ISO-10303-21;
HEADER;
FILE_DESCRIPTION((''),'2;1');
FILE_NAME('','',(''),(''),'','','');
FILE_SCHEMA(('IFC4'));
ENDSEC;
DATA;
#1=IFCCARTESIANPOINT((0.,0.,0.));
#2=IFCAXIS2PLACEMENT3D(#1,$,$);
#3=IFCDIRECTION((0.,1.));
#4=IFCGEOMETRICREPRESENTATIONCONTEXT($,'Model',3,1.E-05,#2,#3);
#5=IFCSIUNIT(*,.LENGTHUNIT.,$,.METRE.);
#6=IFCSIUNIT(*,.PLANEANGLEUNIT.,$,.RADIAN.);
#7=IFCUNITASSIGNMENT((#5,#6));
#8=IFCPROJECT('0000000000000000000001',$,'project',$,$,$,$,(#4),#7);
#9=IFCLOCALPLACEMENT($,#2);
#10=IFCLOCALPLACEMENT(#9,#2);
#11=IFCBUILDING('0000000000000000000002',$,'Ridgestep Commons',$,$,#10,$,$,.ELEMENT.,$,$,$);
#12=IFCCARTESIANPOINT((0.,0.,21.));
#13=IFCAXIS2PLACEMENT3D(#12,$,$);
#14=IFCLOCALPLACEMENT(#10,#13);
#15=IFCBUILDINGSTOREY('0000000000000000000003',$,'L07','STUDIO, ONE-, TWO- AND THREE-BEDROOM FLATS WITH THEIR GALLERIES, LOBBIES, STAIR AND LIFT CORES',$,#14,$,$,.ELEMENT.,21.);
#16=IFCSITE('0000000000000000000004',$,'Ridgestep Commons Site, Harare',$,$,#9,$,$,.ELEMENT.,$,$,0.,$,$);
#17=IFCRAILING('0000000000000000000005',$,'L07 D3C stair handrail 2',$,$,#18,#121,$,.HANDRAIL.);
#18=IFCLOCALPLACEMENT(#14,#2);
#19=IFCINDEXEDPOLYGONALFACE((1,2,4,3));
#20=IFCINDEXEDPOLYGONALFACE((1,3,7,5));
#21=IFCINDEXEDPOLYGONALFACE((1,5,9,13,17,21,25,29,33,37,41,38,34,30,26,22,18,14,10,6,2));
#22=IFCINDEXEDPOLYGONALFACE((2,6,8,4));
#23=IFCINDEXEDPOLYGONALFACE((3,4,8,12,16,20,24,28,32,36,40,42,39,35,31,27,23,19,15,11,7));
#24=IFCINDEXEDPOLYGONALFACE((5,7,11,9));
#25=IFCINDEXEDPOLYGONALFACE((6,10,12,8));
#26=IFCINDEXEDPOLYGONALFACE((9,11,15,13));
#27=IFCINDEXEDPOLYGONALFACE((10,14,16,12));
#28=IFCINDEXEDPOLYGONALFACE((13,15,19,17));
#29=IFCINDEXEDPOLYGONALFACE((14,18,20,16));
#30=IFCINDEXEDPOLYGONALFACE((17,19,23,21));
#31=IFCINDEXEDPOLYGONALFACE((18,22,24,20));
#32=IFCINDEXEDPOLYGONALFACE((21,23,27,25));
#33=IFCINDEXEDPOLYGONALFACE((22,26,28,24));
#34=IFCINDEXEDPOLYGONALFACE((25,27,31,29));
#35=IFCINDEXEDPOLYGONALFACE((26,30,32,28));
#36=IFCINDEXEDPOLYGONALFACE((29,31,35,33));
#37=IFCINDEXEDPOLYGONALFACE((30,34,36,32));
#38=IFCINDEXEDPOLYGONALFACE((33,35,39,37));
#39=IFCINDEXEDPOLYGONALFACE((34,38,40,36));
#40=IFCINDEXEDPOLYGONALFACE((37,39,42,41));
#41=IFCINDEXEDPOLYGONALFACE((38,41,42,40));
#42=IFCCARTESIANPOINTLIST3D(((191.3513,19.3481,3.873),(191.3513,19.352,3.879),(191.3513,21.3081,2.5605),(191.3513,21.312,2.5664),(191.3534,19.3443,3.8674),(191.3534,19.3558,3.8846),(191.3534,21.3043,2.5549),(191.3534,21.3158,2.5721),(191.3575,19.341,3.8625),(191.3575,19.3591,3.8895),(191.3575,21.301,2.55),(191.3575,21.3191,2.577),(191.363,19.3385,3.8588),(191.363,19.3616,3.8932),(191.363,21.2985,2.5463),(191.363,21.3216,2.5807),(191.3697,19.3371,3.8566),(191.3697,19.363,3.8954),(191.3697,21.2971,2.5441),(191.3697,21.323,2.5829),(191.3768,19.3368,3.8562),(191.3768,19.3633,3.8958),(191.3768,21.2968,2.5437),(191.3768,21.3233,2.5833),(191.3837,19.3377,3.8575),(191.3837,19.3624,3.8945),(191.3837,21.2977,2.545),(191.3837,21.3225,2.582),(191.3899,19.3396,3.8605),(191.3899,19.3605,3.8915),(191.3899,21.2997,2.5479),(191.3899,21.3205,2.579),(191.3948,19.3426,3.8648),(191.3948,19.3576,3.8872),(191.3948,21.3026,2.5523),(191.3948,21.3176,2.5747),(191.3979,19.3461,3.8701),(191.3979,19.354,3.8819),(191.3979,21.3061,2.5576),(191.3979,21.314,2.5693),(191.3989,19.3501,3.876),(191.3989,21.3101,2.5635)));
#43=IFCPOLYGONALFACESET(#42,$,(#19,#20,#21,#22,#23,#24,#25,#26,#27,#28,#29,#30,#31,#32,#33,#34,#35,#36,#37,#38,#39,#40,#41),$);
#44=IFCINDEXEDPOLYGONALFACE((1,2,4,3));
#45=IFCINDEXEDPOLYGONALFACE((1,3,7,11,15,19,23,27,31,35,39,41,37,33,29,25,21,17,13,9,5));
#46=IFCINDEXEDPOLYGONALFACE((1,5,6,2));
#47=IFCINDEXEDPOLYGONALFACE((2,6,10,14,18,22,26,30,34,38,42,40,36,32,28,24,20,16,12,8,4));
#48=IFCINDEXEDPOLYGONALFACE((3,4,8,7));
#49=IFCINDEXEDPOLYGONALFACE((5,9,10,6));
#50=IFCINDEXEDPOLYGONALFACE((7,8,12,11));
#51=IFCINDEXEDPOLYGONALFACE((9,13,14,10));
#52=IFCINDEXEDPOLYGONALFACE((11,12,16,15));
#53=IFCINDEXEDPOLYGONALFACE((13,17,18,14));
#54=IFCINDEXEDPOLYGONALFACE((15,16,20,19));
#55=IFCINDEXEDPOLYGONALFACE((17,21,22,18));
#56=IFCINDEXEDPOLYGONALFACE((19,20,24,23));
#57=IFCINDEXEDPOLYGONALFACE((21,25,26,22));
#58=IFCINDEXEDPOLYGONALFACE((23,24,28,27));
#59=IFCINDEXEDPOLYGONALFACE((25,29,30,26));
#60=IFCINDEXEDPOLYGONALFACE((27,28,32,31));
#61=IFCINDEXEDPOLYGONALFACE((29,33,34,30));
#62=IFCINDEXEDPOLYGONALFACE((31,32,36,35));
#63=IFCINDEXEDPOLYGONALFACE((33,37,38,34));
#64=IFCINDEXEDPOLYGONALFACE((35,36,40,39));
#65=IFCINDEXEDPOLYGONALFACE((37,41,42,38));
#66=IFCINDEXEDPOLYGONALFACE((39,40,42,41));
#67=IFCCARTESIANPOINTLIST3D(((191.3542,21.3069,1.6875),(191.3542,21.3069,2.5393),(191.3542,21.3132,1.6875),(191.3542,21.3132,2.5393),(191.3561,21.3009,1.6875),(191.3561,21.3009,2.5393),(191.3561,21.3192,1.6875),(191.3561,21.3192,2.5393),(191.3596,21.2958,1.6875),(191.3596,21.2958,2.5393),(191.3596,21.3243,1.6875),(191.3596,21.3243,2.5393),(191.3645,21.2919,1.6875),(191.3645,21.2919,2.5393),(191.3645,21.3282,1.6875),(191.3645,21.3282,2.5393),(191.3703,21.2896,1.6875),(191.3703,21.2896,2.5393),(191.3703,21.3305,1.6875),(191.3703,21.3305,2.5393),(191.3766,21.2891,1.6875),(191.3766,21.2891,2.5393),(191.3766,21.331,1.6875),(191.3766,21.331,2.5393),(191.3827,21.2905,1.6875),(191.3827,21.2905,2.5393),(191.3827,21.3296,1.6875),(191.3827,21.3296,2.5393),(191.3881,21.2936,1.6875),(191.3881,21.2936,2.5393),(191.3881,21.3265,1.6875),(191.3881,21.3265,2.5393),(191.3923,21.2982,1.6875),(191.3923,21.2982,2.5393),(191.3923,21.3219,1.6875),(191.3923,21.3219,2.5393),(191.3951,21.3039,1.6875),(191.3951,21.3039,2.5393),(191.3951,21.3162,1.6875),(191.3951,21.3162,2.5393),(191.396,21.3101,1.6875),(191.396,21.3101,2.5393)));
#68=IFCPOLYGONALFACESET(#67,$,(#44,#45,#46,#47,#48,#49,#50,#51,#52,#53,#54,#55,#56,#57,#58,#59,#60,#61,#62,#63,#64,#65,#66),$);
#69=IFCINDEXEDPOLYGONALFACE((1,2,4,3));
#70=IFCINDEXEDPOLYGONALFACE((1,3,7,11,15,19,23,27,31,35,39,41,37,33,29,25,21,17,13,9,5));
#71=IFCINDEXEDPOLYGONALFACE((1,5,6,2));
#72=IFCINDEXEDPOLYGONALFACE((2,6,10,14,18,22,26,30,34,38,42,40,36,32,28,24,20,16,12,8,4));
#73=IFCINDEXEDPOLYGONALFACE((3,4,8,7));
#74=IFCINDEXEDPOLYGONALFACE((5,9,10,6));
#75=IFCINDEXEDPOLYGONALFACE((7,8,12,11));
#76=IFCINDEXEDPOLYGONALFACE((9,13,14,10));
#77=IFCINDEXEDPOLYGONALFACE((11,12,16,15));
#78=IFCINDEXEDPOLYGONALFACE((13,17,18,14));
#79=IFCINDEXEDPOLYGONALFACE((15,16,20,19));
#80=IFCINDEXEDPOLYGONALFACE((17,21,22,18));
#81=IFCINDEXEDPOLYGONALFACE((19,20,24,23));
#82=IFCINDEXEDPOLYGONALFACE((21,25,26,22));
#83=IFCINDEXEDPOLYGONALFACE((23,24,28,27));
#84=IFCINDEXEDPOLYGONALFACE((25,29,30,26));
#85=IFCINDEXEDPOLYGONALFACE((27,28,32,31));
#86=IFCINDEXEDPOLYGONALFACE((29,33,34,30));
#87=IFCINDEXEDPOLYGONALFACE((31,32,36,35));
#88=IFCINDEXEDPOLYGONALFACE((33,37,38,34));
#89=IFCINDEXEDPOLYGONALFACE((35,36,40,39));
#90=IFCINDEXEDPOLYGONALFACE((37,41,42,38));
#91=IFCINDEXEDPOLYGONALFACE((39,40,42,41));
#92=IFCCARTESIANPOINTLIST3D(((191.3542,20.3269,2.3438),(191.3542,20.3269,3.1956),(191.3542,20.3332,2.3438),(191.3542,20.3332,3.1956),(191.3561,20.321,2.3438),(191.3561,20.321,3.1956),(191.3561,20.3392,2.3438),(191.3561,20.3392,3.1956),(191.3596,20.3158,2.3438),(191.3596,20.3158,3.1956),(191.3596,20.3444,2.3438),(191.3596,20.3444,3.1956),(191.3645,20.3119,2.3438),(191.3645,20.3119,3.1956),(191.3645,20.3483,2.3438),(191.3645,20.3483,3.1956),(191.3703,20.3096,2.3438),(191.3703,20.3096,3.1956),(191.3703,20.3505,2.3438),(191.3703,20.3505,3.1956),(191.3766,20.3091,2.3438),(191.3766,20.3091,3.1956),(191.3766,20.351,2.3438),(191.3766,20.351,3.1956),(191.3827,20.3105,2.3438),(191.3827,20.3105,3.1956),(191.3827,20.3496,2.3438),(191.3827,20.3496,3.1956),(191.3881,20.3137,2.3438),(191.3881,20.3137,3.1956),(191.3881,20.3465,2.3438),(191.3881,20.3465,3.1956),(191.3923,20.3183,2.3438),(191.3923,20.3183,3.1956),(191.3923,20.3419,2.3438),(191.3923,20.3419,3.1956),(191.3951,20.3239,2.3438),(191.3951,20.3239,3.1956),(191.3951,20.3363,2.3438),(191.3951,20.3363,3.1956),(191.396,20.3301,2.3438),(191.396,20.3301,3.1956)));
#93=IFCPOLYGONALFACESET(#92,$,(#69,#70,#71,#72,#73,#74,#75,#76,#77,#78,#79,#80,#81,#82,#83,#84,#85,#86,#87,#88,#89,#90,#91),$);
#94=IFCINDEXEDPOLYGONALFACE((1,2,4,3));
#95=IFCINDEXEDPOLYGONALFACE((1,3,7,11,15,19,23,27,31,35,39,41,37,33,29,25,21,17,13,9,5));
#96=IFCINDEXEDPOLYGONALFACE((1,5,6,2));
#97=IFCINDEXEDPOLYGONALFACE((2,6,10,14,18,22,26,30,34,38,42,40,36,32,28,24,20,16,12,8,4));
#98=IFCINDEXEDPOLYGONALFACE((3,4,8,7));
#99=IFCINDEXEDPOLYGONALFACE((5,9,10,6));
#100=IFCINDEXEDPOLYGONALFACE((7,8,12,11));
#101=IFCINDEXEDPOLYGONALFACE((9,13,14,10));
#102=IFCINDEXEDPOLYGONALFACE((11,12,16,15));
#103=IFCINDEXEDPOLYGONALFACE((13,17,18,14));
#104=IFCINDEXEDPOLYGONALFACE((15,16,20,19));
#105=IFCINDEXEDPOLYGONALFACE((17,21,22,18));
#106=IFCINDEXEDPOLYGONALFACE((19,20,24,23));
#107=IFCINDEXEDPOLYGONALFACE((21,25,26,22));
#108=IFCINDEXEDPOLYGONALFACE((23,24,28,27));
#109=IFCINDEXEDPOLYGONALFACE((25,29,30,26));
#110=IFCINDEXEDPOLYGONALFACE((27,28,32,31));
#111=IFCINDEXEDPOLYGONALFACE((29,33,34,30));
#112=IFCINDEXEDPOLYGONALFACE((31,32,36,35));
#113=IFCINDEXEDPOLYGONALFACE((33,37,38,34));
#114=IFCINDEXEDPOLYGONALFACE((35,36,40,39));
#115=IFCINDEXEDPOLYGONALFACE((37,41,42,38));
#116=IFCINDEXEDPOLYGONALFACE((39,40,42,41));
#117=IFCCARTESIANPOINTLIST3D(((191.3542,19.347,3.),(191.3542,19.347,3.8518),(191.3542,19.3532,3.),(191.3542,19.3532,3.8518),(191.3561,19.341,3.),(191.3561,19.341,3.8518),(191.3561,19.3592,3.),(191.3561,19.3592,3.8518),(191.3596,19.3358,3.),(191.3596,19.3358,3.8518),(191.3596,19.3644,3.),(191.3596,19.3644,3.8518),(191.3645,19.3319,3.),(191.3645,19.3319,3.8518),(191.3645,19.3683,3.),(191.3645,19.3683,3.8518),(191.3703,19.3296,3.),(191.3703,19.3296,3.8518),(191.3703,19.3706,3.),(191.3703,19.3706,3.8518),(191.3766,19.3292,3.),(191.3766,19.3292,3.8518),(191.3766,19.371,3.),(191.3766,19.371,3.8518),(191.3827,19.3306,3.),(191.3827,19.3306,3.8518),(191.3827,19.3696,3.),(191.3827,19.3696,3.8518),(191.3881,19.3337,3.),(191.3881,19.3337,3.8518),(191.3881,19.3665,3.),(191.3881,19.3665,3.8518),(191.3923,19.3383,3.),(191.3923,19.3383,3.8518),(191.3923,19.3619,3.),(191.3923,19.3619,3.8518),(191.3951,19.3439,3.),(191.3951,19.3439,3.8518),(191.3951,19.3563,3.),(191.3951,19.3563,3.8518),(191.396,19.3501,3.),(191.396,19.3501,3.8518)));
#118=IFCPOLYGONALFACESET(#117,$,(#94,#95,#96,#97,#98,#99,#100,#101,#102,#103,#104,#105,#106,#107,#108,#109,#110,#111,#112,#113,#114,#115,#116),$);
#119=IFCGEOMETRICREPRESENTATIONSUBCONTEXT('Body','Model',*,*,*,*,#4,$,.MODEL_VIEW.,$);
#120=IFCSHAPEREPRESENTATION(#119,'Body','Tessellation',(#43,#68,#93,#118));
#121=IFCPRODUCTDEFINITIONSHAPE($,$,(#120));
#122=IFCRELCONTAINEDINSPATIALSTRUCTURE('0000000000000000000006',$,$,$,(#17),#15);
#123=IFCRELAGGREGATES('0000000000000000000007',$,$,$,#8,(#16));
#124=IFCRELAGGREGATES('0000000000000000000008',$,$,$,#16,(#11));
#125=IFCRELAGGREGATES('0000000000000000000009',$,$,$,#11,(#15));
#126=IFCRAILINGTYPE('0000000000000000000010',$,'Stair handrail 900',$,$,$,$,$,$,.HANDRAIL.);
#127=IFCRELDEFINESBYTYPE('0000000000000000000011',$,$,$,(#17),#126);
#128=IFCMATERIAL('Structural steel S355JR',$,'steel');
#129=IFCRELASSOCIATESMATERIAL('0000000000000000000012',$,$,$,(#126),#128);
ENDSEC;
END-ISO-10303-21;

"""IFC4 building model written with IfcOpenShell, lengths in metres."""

from ifc_helpers import new_model, si_unit, direction, frame, origin, origin_2d, place, context, subcontext, project, spatial, circle, extrude, material, type_object, element, save


model = new_model("IFC4")

# Units and contexts
model_context = context("Model", 3, precision=1e-05, world=origin(), true_north=direction((0.0, 1.0)))
body_context = subcontext(model_context, "Body", "Model", "MODEL_VIEW")
ifc_project = project(units=[si_unit("LENGTHUNIT", "METRE"), si_unit("PLANEANGLEUNIT", "RADIAN")], contexts=[model_context])

# Site, building, storey
site_placement = place(None, origin())
site = spatial("IfcSite", under=ifc_project, at=site_placement, Name="Ridgestep Commons Site, Harare", CompositionType="ELEMENT", RefElevation=0.0)
building_placement = place(site_placement, origin())
building = spatial("IfcBuilding", under=site, at=building_placement, Name="Ridgestep Commons", CompositionType="ELEMENT")
storey_placement = place(building_placement, frame((0.0, 0.0, 21.0)))
storey = spatial("IfcBuildingStorey", under=building, at=storey_placement, Name="L07", Description="STUDIO, ONE-, TWO- AND THREE-BEDROOM FLATS WITH THEIR GALLERIES, LOBBIES, STAIR AND LIFT CORES", CompositionType="ELEMENT", Elevation=21.0)

# Railing
ifc_material_1 = material(Name="Structural steel S355JR", Category="steel")
railing_type_1 = type_object("IfcRailingType", Name="Stair handrail 900", PredefinedType="HANDRAIL", material=ifc_material_1)
railing_1_placement = place(storey_placement, frame((191.375, 21.3101, 1.6875)))
element("IfcRailing", 1, at=railing_1_placement, inside=storey, type_object=railing_type_1, Name="L07 D3C stair handrail 2", PredefinedType="HANDRAIL", context=body_context, shape_type="SweptSolid", body=[
    extrude(circle(Radius=0.0239, at=origin_2d()), frame((0.0, 0.0, 0.876), z_axis=(0.0, -0.830902, 0.556419), x_axis=(1.0, 0.0, 0.0)), (0.0, 0.0, 1.0), 2.3589),
    extrude(circle(Radius=0.021, at=origin_2d()), origin(), (0.0, 0.0, 1.0), 0.8518),
    extrude(circle(Radius=0.021, at=origin_2d()), frame((0.0, -0.98, 0.6562)), (0.0, 0.0, 1.0), 0.8518),
    extrude(circle(Radius=0.021, at=origin_2d()), frame((0.0, -1.96, 1.3125)), (0.0, 0.0, 1.0), 0.8518),
])

save(model, "model.ifc")
